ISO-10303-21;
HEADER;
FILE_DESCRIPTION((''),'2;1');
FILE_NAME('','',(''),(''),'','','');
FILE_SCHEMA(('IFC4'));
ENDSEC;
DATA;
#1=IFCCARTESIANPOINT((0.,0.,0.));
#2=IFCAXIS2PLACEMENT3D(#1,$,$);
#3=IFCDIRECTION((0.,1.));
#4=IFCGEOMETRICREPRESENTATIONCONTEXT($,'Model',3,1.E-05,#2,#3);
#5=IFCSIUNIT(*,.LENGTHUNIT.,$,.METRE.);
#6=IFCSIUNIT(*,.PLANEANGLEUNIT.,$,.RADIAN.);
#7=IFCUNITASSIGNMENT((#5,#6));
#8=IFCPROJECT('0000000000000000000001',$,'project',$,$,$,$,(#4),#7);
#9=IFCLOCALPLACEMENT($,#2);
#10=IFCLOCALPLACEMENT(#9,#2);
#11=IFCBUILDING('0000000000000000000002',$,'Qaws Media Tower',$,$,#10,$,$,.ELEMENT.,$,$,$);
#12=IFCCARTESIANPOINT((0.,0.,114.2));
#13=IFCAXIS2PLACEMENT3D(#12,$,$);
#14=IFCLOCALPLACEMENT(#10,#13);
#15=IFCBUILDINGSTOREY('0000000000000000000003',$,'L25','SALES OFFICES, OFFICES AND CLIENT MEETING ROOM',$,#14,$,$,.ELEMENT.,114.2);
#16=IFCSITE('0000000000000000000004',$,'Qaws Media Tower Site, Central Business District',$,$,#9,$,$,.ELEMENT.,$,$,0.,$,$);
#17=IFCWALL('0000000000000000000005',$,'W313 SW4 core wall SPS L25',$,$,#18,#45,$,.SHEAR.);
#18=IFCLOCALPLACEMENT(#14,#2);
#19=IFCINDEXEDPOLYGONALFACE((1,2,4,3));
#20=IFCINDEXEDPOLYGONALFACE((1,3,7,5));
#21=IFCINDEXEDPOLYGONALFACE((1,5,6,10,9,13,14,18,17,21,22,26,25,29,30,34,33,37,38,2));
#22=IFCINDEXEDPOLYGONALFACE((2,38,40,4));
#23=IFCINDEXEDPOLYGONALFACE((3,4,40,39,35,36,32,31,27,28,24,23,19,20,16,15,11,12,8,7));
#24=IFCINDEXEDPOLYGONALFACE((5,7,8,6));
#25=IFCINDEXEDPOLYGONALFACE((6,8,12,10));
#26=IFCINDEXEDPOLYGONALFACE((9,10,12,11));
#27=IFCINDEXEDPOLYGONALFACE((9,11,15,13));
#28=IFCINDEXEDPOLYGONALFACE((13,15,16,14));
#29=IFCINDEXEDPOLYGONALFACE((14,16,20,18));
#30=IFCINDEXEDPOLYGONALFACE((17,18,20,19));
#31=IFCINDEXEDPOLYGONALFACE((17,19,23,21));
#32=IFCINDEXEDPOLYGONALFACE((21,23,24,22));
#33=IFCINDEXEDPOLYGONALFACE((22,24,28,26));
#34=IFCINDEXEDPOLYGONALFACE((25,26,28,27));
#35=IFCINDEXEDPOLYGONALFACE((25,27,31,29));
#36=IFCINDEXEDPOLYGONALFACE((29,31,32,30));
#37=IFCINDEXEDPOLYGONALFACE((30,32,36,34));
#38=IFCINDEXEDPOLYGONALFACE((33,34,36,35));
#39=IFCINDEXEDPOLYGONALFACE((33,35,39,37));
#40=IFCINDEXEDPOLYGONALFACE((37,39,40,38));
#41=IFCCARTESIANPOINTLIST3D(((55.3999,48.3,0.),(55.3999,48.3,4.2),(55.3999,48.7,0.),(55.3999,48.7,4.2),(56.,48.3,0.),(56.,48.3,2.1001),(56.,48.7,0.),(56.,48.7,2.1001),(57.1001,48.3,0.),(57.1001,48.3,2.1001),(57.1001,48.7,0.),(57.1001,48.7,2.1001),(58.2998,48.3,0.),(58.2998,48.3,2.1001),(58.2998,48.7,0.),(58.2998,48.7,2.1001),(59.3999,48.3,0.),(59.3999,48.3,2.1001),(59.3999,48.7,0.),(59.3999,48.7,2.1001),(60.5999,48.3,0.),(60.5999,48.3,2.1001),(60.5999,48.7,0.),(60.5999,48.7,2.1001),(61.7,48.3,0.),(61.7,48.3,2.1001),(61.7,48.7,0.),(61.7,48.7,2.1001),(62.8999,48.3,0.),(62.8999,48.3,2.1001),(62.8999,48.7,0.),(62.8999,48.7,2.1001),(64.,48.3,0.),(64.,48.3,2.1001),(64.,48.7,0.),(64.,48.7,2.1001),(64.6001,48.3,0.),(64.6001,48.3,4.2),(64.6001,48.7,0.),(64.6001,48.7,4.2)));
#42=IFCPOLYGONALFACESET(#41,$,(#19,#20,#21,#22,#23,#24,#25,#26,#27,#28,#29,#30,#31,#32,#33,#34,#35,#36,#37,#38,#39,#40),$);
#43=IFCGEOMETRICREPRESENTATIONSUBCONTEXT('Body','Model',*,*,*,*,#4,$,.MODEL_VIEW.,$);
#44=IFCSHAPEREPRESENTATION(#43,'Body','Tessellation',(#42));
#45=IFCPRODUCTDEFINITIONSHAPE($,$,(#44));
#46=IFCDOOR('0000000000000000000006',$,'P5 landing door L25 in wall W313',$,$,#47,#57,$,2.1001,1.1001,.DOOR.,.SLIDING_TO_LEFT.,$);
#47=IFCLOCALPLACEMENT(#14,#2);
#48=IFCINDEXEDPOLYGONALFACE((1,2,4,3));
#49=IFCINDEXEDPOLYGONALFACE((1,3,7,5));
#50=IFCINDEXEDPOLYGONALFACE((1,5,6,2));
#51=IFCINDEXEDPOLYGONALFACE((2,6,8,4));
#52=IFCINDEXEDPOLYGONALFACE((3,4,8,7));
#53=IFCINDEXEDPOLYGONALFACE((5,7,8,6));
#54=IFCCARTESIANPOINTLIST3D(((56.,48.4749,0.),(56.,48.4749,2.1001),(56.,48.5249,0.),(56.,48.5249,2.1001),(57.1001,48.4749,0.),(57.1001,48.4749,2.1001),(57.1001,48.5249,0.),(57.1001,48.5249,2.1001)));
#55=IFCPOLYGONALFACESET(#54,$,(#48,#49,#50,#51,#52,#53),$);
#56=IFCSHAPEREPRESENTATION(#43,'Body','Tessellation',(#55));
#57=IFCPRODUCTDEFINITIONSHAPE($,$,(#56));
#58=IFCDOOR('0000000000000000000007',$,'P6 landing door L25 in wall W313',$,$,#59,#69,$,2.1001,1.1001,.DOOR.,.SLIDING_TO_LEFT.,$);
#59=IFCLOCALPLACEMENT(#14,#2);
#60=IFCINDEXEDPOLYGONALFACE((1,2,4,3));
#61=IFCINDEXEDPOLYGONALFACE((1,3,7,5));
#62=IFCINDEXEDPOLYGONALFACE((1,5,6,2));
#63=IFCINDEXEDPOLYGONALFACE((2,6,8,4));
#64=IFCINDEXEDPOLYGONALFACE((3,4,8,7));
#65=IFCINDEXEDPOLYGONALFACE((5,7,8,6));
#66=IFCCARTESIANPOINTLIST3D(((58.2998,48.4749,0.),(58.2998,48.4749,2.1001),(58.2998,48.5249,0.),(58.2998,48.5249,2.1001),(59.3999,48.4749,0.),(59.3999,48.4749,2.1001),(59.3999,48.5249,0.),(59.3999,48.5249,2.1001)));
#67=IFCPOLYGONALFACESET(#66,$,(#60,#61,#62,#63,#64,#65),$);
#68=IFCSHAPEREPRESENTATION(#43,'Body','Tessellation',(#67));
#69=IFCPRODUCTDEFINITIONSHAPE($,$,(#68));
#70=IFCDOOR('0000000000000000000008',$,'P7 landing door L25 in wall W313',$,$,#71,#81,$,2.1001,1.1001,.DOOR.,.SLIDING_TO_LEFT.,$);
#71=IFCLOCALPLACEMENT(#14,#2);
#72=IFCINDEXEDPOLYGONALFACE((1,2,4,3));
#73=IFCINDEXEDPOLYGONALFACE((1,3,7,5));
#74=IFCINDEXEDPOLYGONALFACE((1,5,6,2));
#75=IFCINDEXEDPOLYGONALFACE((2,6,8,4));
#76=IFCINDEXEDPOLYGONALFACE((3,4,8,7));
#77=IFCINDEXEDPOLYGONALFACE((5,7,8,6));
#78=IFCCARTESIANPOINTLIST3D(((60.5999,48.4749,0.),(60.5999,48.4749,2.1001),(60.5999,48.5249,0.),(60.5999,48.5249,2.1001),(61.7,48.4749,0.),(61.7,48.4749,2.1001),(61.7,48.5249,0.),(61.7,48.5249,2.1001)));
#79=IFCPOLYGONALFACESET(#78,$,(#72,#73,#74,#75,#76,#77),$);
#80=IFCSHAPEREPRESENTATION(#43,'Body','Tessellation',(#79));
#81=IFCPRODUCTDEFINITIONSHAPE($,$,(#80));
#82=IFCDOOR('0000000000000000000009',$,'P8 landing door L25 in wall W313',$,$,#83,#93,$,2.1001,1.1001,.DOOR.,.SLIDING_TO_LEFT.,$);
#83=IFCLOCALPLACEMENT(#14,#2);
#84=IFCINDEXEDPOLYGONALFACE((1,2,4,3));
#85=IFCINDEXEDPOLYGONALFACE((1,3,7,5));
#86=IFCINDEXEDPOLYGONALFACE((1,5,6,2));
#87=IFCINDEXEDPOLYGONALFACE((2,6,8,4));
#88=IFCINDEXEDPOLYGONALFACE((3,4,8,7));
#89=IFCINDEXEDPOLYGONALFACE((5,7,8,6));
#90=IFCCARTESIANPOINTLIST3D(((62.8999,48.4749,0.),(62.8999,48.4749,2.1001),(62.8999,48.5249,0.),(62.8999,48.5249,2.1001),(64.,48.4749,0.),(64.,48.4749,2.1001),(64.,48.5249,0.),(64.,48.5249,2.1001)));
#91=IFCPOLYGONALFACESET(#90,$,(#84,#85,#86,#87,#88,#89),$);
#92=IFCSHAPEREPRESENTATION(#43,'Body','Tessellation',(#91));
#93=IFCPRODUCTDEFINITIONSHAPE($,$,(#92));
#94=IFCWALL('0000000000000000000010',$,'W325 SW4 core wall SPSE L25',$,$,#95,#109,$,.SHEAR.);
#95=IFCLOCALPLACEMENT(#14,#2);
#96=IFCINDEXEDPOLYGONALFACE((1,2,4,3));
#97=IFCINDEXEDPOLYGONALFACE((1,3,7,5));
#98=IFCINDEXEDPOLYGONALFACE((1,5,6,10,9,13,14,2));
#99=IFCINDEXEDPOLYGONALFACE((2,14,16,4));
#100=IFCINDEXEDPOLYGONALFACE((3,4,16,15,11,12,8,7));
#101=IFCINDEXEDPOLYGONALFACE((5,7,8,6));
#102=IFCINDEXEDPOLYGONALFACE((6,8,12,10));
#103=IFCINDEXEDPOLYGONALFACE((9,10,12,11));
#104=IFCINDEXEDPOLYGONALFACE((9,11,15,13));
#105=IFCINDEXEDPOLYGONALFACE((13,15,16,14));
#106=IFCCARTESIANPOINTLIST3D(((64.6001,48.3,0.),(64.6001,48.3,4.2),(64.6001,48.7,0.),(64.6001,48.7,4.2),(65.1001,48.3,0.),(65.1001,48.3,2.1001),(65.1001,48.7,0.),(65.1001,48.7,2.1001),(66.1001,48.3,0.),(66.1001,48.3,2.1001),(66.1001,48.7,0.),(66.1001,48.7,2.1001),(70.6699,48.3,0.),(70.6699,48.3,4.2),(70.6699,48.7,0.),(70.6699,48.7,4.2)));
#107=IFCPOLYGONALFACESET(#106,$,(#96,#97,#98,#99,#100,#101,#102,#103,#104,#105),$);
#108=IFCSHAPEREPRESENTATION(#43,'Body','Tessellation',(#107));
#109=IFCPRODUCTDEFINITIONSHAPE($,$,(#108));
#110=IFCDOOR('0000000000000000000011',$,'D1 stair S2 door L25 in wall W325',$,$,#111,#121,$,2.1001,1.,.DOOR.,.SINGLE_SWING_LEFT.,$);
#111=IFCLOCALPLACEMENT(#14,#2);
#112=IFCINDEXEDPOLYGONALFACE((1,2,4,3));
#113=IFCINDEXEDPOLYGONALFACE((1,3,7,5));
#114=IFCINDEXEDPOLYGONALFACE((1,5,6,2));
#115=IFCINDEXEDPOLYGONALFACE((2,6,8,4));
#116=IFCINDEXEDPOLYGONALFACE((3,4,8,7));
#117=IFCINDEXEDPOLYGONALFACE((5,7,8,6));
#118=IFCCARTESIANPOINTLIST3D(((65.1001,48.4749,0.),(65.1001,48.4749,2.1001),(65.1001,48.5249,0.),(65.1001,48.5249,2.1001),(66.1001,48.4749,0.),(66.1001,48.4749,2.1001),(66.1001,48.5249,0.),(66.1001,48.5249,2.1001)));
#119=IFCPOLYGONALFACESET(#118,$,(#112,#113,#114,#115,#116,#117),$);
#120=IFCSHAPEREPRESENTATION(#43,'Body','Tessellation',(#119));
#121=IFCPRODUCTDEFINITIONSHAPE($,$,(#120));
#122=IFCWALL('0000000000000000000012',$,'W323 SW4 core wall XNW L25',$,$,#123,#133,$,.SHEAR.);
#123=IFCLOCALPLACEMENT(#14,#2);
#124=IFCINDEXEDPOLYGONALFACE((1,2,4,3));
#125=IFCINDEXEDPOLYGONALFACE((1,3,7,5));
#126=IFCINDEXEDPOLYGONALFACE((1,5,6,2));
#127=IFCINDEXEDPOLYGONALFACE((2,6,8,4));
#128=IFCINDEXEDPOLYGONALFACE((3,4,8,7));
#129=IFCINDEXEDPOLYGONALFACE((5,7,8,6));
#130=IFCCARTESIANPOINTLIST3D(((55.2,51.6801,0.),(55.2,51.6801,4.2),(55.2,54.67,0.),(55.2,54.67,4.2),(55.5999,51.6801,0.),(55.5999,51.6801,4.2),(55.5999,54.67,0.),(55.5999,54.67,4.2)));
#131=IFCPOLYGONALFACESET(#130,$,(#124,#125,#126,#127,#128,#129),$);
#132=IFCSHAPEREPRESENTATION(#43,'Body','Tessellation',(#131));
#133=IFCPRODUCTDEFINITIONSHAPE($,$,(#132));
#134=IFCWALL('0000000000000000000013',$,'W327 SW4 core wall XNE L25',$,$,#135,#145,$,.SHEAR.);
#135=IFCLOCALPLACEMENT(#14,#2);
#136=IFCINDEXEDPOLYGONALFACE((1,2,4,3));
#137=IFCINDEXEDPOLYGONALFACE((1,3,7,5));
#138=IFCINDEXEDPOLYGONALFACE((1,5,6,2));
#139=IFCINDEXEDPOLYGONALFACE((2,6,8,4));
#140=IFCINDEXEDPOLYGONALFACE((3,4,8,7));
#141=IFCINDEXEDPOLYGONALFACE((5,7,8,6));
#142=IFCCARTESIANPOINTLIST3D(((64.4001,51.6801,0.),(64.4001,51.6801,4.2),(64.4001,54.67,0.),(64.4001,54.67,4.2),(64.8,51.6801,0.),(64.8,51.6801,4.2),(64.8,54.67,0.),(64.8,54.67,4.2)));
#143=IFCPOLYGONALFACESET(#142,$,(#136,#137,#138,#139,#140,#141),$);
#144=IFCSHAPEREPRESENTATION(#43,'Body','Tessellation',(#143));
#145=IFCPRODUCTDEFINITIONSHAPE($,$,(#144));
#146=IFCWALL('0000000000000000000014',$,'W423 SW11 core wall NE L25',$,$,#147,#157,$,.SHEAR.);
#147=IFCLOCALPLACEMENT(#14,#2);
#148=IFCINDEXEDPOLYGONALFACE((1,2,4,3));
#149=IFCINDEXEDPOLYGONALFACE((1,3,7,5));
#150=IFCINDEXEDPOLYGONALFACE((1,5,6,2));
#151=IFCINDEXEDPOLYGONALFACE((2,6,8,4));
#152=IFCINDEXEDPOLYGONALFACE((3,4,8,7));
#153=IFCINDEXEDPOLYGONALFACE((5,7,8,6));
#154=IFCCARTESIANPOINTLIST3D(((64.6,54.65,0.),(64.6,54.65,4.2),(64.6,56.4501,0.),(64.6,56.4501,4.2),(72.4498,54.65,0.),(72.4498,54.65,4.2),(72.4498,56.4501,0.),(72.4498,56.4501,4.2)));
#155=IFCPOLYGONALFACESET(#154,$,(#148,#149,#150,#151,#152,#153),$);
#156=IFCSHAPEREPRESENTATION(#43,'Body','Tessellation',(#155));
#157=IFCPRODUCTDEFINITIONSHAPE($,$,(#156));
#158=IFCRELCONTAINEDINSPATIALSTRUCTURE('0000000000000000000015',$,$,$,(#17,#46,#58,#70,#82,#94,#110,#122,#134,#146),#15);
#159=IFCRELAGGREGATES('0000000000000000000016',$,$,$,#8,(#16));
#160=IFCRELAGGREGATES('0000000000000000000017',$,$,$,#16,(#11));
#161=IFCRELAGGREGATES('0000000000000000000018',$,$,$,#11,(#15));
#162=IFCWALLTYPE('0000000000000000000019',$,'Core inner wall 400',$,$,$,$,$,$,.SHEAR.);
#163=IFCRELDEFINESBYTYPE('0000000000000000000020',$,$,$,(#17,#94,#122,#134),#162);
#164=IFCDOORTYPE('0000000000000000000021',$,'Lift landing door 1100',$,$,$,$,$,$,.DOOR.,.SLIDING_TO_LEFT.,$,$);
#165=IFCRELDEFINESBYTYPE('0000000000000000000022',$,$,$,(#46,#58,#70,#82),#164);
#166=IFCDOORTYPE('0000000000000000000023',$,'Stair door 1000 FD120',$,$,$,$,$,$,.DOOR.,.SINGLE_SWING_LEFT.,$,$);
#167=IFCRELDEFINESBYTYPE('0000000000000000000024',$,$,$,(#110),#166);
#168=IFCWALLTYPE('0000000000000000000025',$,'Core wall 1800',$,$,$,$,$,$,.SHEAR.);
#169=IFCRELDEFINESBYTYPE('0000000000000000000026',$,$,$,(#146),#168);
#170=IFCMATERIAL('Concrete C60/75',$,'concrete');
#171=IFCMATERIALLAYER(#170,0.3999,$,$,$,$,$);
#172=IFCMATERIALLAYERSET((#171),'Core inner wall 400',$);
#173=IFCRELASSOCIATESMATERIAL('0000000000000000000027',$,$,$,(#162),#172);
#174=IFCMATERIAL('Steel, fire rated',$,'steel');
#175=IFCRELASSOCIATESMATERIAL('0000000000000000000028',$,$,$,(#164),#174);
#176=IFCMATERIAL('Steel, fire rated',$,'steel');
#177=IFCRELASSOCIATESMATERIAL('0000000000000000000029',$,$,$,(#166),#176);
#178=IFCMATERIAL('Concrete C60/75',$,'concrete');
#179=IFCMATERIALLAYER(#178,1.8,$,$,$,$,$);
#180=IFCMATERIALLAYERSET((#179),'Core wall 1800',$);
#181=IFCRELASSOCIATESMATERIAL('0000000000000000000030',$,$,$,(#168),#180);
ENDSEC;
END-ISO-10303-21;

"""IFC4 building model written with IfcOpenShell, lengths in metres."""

from ifc_helpers import new_model, si_unit, direction, frame, frame_2d, origin, place, context, subcontext, project, spatial, rectangle, extrude, material, layer, layer_set, type_object, element, fill, save


model = new_model("IFC4")

# Units and contexts
model_context = context("Model", 3, precision=1e-05, world=origin(), true_north=direction((0.0, 1.0)))
body_context = subcontext(model_context, "Body", "Model", "MODEL_VIEW")
ifc_project = project(units=[si_unit("LENGTHUNIT", "METRE"), si_unit("PLANEANGLEUNIT", "RADIAN")], contexts=[model_context])

# Site, building, storey
site_placement = place(None, origin())
site = spatial("IfcSite", under=ifc_project, at=site_placement, Name="Qaws Media Tower Site, Central Business District", CompositionType="ELEMENT", RefElevation=0.0)
building_placement = place(site_placement, origin())
building = spatial("IfcBuilding", under=site, at=building_placement, Name="Qaws Media Tower", CompositionType="ELEMENT")
storey_placement = place(building_placement, frame((0.0, 0.0, 114.2)))
storey = spatial("IfcBuildingStorey", under=building, at=storey_placement, Name="L25", Description="SALES OFFICES, OFFICES AND CLIENT MEETING ROOM", CompositionType="ELEMENT", Elevation=114.2)

# Wall, openings, doors
ifc_material_1 = material(Name="Concrete C60/75", Category="concrete")
ifc_layer_1 = layer(ifc_material_1, 0.3999)
ifc_layer_set_1 = layer_set([ifc_layer_1], Name="Core inner wall 400")
wall_type_1 = type_object("IfcWallType", Name="Core inner wall 400", PredefinedType="SHEAR", material=ifc_layer_set_1)
wall_1_placement = place(storey_placement, frame((55.3999, 48.5, 0.0), z_axis=(0.0, 0.0, 1.0), x_axis=(1.0, 0.0, 0.0)))
wall_1 = element("IfcWall", 1, at=wall_1_placement, inside=storey, type_object=wall_type_1, Name="W313 SW4 core wall SPS L25", PredefinedType="SHEAR", context=body_context, shape_type="SweptSolid", body=[
    extrude(rectangle(XDim=9.2002, YDim=0.3999, at=frame_2d((4.6001, 0.0))), origin(), (0.0, 0.0, 1.0), 4.2),
])
opening_1_placement = place(wall_1_placement, frame((0.6001, 0.0, 0.0)))
opening_1 = element("IfcOpeningElement", 2, at=opening_1_placement, cuts=wall_1, PredefinedType="OPENING", context=body_context, shape_type="SweptSolid", body=[
    extrude(rectangle(XDim=1.1001, YDim=2.1001, at=frame_2d((0.55, 1.05))), frame((0.0, 0.21, 0.0), z_axis=(0.0, -1.0, 0.0), x_axis=(1.0, 0.0, 0.0)), (0.0, 0.0, 1.0), 0.4199),
])
opening_2_placement = place(wall_1_placement, frame((2.8999, 0.0, 0.0)))
opening_2 = element("IfcOpeningElement", 3, at=opening_2_placement, cuts=wall_1, PredefinedType="OPENING", context=body_context, shape_type="SweptSolid", body=[
    extrude(rectangle(XDim=1.1001, YDim=2.1001, at=frame_2d((0.55, 1.05))), frame((0.0, 0.21, 0.0), z_axis=(0.0, -1.0, 0.0), x_axis=(1.0, 0.0, 0.0)), (0.0, 0.0, 1.0), 0.4199),
])
opening_3_placement = place(wall_1_placement, frame((5.2, 0.0, 0.0)))
opening_3 = element("IfcOpeningElement", 4, at=opening_3_placement, cuts=wall_1, PredefinedType="OPENING", context=body_context, shape_type="SweptSolid", body=[
    extrude(rectangle(XDim=1.1001, YDim=2.1001, at=frame_2d((0.55, 1.05))), frame((0.0, 0.21, 0.0), z_axis=(0.0, -1.0, 0.0), x_axis=(1.0, 0.0, 0.0)), (0.0, 0.0, 1.0), 0.4199),
])
opening_4_placement = place(wall_1_placement, frame((7.5, 0.0, 0.0)))
opening_4 = element("IfcOpeningElement", 5, at=opening_4_placement, cuts=wall_1, PredefinedType="OPENING", context=body_context, shape_type="SweptSolid", body=[
    extrude(rectangle(XDim=1.1001, YDim=2.1001, at=frame_2d((0.55, 1.05))), frame((0.0, 0.21, 0.0), z_axis=(0.0, -1.0, 0.0), x_axis=(1.0, 0.0, 0.0)), (0.0, 0.0, 1.0), 0.4199),
])
ifc_material_2 = material(Name="Steel, fire rated", Category="steel")
door_type_1 = type_object("IfcDoorType", Name="Lift landing door 1100", OperationType="SLIDING_TO_LEFT", PredefinedType="DOOR", material=ifc_material_2)
door_1_placement = place(opening_1_placement, origin())
door_1 = element("IfcDoor", 6, at=door_1_placement, inside=storey, type_object=door_type_1, Name="P5 landing door L25 in wall W313", OperationType="SLIDING_TO_LEFT", OverallHeight=2.1001, OverallWidth=1.1001, PredefinedType="DOOR", context=body_context, shape_type="SweptSolid", body=[
    extrude(rectangle(XDim=1.1001, YDim=2.1001, at=frame_2d((0.55, 1.05))), frame((0.0, 0.0249, 0.0), z_axis=(0.0, -1.0, 0.0), x_axis=(1.0, 0.0, 0.0)), (0.0, 0.0, 1.0), 0.05),
])
fill(opening_1, door_1)
door_2_placement = place(opening_2_placement, origin())
door_2 = element("IfcDoor", 7, at=door_2_placement, inside=storey, type_object=door_type_1, Name="P6 landing door L25 in wall W313", OperationType="SLIDING_TO_LEFT", OverallHeight=2.1001, OverallWidth=1.1001, PredefinedType="DOOR", context=body_context, shape_type="SweptSolid", body=[
    extrude(rectangle(XDim=1.1001, YDim=2.1001, at=frame_2d((0.55, 1.05))), frame((0.0, 0.0249, 0.0), z_axis=(0.0, -1.0, 0.0), x_axis=(1.0, 0.0, 0.0)), (0.0, 0.0, 1.0), 0.05),
])
fill(opening_2, door_2)
door_3_placement = place(opening_3_placement, origin())
door_3 = element("IfcDoor", 8, at=door_3_placement, inside=storey, type_object=door_type_1, Name="P7 landing door L25 in wall W313", OperationType="SLIDING_TO_LEFT", OverallHeight=2.1001, OverallWidth=1.1001, PredefinedType="DOOR", context=body_context, shape_type="SweptSolid", body=[
    extrude(rectangle(XDim=1.1001, YDim=2.1001, at=frame_2d((0.55, 1.05))), frame((0.0, 0.0249, 0.0), z_axis=(0.0, -1.0, 0.0), x_axis=(1.0, 0.0, 0.0)), (0.0, 0.0, 1.0), 0.05),
])
fill(opening_3, door_3)
door_4_placement = place(opening_4_placement, origin())
door_4 = element("IfcDoor", 9, at=door_4_placement, inside=storey, type_object=door_type_1, Name="P8 landing door L25 in wall W313", OperationType="SLIDING_TO_LEFT", OverallHeight=2.1001, OverallWidth=1.1001, PredefinedType="DOOR", context=body_context, shape_type="SweptSolid", body=[
    extrude(rectangle(XDim=1.1001, YDim=2.1001, at=frame_2d((0.55, 1.05))), frame((0.0, 0.0249, 0.0), z_axis=(0.0, -1.0, 0.0), x_axis=(1.0, 0.0, 0.0)), (0.0, 0.0, 1.0), 0.05),
])
fill(opening_4, door_4)

# Wall, opening, door
wall_2_placement = place(storey_placement, frame((64.6001, 48.5, 0.0), z_axis=(0.0, 0.0, 1.0), x_axis=(1.0, 0.0, 0.0)))
wall_2 = element("IfcWall", 10, at=wall_2_placement, inside=storey, type_object=wall_type_1, Name="W325 SW4 core wall SPSE L25", PredefinedType="SHEAR", context=body_context, shape_type="SweptSolid", body=[
    extrude(rectangle(XDim=6.0698, YDim=0.3999, at=frame_2d((3.0349, 0.0))), origin(), (0.0, 0.0, 1.0), 4.2),
])
opening_5_placement = place(wall_2_placement, frame((0.5, 0.0, 0.0)))
opening_5 = element("IfcOpeningElement", 11, at=opening_5_placement, cuts=wall_2, PredefinedType="OPENING", context=body_context, shape_type="SweptSolid", body=[
    extrude(rectangle(XDim=1.0, YDim=2.1001, at=frame_2d((0.5, 1.05))), frame((0.0, 0.21, 0.0), z_axis=(0.0, -1.0, 0.0), x_axis=(1.0, 0.0, 0.0)), (0.0, 0.0, 1.0), 0.4199),
])
ifc_material_3 = material(Name="Steel, fire rated", Category="steel")
door_type_2 = type_object("IfcDoorType", Name="Stair door 1000 FD120", OperationType="SINGLE_SWING_LEFT", PredefinedType="DOOR", material=ifc_material_3)
door_5_placement = place(opening_5_placement, origin())
door_5 = element("IfcDoor", 12, at=door_5_placement, inside=storey, type_object=door_type_2, Name="D1 stair S2 door L25 in wall W325", OperationType="SINGLE_SWING_LEFT", OverallHeight=2.1001, OverallWidth=1.0, PredefinedType="DOOR", context=body_context, shape_type="SweptSolid", body=[
    extrude(rectangle(XDim=1.0, YDim=2.1001, at=frame_2d((0.5, 1.05))), frame((0.0, 0.0249, 0.0), z_axis=(0.0, -1.0, 0.0), x_axis=(1.0, 0.0, 0.0)), (0.0, 0.0, 1.0), 0.05),
])
fill(opening_5, door_5)

# Walls
for number, where, z_axis, x_axis, name in (
    (13, (55.3999, 51.6799, 0.0), (0.0, 0.0, 1.0), (0.0, 1.0, 0.0), "W323 SW4 core wall XNW L25"),
    (14, (64.6001, 51.6799, 0.0), (0.0, 0.0, 1.0), (0.0, 1.0, 0.0), "W327 SW4 core wall XNE L25"),
):
    element("IfcWall", number, at=place(storey_placement, frame(where, z_axis=z_axis, x_axis=x_axis)), inside=storey, type_object=wall_type_1, Name=name, PredefinedType="SHEAR", context=body_context, shape_type="SweptSolid", body=[
        extrude(rectangle(XDim=2.99, YDim=0.3999, at=frame_2d((1.4951, 0.0))), origin(), (0.0, 0.0, 1.0), 4.2),
    ])
ifc_material_4 = material(Name="Concrete C60/75", Category="concrete")
ifc_layer_2 = layer(ifc_material_4, 1.8)
ifc_layer_set_2 = layer_set([ifc_layer_2], Name="Core wall 1800")
wall_type_2 = type_object("IfcWallType", Name="Core wall 1800", PredefinedType="SHEAR", material=ifc_layer_set_2)
wall_3_placement = place(storey_placement, frame((64.6001, 55.55, 0.0), z_axis=(0.0, 0.0, 1.0), x_axis=(1.0, 0.0, 0.0)))
element("IfcWall", 15, at=wall_3_placement, inside=storey, type_object=wall_type_2, Name="W423 SW11 core wall NE L25", PredefinedType="SHEAR", context=body_context, shape_type="SweptSolid", body=[
    extrude(rectangle(XDim=7.8499, YDim=1.8, at=frame_2d((3.9248, 0.0))), origin(), (0.0, 0.0, 1.0), 4.2),
])

save(model, "model.ifc")
